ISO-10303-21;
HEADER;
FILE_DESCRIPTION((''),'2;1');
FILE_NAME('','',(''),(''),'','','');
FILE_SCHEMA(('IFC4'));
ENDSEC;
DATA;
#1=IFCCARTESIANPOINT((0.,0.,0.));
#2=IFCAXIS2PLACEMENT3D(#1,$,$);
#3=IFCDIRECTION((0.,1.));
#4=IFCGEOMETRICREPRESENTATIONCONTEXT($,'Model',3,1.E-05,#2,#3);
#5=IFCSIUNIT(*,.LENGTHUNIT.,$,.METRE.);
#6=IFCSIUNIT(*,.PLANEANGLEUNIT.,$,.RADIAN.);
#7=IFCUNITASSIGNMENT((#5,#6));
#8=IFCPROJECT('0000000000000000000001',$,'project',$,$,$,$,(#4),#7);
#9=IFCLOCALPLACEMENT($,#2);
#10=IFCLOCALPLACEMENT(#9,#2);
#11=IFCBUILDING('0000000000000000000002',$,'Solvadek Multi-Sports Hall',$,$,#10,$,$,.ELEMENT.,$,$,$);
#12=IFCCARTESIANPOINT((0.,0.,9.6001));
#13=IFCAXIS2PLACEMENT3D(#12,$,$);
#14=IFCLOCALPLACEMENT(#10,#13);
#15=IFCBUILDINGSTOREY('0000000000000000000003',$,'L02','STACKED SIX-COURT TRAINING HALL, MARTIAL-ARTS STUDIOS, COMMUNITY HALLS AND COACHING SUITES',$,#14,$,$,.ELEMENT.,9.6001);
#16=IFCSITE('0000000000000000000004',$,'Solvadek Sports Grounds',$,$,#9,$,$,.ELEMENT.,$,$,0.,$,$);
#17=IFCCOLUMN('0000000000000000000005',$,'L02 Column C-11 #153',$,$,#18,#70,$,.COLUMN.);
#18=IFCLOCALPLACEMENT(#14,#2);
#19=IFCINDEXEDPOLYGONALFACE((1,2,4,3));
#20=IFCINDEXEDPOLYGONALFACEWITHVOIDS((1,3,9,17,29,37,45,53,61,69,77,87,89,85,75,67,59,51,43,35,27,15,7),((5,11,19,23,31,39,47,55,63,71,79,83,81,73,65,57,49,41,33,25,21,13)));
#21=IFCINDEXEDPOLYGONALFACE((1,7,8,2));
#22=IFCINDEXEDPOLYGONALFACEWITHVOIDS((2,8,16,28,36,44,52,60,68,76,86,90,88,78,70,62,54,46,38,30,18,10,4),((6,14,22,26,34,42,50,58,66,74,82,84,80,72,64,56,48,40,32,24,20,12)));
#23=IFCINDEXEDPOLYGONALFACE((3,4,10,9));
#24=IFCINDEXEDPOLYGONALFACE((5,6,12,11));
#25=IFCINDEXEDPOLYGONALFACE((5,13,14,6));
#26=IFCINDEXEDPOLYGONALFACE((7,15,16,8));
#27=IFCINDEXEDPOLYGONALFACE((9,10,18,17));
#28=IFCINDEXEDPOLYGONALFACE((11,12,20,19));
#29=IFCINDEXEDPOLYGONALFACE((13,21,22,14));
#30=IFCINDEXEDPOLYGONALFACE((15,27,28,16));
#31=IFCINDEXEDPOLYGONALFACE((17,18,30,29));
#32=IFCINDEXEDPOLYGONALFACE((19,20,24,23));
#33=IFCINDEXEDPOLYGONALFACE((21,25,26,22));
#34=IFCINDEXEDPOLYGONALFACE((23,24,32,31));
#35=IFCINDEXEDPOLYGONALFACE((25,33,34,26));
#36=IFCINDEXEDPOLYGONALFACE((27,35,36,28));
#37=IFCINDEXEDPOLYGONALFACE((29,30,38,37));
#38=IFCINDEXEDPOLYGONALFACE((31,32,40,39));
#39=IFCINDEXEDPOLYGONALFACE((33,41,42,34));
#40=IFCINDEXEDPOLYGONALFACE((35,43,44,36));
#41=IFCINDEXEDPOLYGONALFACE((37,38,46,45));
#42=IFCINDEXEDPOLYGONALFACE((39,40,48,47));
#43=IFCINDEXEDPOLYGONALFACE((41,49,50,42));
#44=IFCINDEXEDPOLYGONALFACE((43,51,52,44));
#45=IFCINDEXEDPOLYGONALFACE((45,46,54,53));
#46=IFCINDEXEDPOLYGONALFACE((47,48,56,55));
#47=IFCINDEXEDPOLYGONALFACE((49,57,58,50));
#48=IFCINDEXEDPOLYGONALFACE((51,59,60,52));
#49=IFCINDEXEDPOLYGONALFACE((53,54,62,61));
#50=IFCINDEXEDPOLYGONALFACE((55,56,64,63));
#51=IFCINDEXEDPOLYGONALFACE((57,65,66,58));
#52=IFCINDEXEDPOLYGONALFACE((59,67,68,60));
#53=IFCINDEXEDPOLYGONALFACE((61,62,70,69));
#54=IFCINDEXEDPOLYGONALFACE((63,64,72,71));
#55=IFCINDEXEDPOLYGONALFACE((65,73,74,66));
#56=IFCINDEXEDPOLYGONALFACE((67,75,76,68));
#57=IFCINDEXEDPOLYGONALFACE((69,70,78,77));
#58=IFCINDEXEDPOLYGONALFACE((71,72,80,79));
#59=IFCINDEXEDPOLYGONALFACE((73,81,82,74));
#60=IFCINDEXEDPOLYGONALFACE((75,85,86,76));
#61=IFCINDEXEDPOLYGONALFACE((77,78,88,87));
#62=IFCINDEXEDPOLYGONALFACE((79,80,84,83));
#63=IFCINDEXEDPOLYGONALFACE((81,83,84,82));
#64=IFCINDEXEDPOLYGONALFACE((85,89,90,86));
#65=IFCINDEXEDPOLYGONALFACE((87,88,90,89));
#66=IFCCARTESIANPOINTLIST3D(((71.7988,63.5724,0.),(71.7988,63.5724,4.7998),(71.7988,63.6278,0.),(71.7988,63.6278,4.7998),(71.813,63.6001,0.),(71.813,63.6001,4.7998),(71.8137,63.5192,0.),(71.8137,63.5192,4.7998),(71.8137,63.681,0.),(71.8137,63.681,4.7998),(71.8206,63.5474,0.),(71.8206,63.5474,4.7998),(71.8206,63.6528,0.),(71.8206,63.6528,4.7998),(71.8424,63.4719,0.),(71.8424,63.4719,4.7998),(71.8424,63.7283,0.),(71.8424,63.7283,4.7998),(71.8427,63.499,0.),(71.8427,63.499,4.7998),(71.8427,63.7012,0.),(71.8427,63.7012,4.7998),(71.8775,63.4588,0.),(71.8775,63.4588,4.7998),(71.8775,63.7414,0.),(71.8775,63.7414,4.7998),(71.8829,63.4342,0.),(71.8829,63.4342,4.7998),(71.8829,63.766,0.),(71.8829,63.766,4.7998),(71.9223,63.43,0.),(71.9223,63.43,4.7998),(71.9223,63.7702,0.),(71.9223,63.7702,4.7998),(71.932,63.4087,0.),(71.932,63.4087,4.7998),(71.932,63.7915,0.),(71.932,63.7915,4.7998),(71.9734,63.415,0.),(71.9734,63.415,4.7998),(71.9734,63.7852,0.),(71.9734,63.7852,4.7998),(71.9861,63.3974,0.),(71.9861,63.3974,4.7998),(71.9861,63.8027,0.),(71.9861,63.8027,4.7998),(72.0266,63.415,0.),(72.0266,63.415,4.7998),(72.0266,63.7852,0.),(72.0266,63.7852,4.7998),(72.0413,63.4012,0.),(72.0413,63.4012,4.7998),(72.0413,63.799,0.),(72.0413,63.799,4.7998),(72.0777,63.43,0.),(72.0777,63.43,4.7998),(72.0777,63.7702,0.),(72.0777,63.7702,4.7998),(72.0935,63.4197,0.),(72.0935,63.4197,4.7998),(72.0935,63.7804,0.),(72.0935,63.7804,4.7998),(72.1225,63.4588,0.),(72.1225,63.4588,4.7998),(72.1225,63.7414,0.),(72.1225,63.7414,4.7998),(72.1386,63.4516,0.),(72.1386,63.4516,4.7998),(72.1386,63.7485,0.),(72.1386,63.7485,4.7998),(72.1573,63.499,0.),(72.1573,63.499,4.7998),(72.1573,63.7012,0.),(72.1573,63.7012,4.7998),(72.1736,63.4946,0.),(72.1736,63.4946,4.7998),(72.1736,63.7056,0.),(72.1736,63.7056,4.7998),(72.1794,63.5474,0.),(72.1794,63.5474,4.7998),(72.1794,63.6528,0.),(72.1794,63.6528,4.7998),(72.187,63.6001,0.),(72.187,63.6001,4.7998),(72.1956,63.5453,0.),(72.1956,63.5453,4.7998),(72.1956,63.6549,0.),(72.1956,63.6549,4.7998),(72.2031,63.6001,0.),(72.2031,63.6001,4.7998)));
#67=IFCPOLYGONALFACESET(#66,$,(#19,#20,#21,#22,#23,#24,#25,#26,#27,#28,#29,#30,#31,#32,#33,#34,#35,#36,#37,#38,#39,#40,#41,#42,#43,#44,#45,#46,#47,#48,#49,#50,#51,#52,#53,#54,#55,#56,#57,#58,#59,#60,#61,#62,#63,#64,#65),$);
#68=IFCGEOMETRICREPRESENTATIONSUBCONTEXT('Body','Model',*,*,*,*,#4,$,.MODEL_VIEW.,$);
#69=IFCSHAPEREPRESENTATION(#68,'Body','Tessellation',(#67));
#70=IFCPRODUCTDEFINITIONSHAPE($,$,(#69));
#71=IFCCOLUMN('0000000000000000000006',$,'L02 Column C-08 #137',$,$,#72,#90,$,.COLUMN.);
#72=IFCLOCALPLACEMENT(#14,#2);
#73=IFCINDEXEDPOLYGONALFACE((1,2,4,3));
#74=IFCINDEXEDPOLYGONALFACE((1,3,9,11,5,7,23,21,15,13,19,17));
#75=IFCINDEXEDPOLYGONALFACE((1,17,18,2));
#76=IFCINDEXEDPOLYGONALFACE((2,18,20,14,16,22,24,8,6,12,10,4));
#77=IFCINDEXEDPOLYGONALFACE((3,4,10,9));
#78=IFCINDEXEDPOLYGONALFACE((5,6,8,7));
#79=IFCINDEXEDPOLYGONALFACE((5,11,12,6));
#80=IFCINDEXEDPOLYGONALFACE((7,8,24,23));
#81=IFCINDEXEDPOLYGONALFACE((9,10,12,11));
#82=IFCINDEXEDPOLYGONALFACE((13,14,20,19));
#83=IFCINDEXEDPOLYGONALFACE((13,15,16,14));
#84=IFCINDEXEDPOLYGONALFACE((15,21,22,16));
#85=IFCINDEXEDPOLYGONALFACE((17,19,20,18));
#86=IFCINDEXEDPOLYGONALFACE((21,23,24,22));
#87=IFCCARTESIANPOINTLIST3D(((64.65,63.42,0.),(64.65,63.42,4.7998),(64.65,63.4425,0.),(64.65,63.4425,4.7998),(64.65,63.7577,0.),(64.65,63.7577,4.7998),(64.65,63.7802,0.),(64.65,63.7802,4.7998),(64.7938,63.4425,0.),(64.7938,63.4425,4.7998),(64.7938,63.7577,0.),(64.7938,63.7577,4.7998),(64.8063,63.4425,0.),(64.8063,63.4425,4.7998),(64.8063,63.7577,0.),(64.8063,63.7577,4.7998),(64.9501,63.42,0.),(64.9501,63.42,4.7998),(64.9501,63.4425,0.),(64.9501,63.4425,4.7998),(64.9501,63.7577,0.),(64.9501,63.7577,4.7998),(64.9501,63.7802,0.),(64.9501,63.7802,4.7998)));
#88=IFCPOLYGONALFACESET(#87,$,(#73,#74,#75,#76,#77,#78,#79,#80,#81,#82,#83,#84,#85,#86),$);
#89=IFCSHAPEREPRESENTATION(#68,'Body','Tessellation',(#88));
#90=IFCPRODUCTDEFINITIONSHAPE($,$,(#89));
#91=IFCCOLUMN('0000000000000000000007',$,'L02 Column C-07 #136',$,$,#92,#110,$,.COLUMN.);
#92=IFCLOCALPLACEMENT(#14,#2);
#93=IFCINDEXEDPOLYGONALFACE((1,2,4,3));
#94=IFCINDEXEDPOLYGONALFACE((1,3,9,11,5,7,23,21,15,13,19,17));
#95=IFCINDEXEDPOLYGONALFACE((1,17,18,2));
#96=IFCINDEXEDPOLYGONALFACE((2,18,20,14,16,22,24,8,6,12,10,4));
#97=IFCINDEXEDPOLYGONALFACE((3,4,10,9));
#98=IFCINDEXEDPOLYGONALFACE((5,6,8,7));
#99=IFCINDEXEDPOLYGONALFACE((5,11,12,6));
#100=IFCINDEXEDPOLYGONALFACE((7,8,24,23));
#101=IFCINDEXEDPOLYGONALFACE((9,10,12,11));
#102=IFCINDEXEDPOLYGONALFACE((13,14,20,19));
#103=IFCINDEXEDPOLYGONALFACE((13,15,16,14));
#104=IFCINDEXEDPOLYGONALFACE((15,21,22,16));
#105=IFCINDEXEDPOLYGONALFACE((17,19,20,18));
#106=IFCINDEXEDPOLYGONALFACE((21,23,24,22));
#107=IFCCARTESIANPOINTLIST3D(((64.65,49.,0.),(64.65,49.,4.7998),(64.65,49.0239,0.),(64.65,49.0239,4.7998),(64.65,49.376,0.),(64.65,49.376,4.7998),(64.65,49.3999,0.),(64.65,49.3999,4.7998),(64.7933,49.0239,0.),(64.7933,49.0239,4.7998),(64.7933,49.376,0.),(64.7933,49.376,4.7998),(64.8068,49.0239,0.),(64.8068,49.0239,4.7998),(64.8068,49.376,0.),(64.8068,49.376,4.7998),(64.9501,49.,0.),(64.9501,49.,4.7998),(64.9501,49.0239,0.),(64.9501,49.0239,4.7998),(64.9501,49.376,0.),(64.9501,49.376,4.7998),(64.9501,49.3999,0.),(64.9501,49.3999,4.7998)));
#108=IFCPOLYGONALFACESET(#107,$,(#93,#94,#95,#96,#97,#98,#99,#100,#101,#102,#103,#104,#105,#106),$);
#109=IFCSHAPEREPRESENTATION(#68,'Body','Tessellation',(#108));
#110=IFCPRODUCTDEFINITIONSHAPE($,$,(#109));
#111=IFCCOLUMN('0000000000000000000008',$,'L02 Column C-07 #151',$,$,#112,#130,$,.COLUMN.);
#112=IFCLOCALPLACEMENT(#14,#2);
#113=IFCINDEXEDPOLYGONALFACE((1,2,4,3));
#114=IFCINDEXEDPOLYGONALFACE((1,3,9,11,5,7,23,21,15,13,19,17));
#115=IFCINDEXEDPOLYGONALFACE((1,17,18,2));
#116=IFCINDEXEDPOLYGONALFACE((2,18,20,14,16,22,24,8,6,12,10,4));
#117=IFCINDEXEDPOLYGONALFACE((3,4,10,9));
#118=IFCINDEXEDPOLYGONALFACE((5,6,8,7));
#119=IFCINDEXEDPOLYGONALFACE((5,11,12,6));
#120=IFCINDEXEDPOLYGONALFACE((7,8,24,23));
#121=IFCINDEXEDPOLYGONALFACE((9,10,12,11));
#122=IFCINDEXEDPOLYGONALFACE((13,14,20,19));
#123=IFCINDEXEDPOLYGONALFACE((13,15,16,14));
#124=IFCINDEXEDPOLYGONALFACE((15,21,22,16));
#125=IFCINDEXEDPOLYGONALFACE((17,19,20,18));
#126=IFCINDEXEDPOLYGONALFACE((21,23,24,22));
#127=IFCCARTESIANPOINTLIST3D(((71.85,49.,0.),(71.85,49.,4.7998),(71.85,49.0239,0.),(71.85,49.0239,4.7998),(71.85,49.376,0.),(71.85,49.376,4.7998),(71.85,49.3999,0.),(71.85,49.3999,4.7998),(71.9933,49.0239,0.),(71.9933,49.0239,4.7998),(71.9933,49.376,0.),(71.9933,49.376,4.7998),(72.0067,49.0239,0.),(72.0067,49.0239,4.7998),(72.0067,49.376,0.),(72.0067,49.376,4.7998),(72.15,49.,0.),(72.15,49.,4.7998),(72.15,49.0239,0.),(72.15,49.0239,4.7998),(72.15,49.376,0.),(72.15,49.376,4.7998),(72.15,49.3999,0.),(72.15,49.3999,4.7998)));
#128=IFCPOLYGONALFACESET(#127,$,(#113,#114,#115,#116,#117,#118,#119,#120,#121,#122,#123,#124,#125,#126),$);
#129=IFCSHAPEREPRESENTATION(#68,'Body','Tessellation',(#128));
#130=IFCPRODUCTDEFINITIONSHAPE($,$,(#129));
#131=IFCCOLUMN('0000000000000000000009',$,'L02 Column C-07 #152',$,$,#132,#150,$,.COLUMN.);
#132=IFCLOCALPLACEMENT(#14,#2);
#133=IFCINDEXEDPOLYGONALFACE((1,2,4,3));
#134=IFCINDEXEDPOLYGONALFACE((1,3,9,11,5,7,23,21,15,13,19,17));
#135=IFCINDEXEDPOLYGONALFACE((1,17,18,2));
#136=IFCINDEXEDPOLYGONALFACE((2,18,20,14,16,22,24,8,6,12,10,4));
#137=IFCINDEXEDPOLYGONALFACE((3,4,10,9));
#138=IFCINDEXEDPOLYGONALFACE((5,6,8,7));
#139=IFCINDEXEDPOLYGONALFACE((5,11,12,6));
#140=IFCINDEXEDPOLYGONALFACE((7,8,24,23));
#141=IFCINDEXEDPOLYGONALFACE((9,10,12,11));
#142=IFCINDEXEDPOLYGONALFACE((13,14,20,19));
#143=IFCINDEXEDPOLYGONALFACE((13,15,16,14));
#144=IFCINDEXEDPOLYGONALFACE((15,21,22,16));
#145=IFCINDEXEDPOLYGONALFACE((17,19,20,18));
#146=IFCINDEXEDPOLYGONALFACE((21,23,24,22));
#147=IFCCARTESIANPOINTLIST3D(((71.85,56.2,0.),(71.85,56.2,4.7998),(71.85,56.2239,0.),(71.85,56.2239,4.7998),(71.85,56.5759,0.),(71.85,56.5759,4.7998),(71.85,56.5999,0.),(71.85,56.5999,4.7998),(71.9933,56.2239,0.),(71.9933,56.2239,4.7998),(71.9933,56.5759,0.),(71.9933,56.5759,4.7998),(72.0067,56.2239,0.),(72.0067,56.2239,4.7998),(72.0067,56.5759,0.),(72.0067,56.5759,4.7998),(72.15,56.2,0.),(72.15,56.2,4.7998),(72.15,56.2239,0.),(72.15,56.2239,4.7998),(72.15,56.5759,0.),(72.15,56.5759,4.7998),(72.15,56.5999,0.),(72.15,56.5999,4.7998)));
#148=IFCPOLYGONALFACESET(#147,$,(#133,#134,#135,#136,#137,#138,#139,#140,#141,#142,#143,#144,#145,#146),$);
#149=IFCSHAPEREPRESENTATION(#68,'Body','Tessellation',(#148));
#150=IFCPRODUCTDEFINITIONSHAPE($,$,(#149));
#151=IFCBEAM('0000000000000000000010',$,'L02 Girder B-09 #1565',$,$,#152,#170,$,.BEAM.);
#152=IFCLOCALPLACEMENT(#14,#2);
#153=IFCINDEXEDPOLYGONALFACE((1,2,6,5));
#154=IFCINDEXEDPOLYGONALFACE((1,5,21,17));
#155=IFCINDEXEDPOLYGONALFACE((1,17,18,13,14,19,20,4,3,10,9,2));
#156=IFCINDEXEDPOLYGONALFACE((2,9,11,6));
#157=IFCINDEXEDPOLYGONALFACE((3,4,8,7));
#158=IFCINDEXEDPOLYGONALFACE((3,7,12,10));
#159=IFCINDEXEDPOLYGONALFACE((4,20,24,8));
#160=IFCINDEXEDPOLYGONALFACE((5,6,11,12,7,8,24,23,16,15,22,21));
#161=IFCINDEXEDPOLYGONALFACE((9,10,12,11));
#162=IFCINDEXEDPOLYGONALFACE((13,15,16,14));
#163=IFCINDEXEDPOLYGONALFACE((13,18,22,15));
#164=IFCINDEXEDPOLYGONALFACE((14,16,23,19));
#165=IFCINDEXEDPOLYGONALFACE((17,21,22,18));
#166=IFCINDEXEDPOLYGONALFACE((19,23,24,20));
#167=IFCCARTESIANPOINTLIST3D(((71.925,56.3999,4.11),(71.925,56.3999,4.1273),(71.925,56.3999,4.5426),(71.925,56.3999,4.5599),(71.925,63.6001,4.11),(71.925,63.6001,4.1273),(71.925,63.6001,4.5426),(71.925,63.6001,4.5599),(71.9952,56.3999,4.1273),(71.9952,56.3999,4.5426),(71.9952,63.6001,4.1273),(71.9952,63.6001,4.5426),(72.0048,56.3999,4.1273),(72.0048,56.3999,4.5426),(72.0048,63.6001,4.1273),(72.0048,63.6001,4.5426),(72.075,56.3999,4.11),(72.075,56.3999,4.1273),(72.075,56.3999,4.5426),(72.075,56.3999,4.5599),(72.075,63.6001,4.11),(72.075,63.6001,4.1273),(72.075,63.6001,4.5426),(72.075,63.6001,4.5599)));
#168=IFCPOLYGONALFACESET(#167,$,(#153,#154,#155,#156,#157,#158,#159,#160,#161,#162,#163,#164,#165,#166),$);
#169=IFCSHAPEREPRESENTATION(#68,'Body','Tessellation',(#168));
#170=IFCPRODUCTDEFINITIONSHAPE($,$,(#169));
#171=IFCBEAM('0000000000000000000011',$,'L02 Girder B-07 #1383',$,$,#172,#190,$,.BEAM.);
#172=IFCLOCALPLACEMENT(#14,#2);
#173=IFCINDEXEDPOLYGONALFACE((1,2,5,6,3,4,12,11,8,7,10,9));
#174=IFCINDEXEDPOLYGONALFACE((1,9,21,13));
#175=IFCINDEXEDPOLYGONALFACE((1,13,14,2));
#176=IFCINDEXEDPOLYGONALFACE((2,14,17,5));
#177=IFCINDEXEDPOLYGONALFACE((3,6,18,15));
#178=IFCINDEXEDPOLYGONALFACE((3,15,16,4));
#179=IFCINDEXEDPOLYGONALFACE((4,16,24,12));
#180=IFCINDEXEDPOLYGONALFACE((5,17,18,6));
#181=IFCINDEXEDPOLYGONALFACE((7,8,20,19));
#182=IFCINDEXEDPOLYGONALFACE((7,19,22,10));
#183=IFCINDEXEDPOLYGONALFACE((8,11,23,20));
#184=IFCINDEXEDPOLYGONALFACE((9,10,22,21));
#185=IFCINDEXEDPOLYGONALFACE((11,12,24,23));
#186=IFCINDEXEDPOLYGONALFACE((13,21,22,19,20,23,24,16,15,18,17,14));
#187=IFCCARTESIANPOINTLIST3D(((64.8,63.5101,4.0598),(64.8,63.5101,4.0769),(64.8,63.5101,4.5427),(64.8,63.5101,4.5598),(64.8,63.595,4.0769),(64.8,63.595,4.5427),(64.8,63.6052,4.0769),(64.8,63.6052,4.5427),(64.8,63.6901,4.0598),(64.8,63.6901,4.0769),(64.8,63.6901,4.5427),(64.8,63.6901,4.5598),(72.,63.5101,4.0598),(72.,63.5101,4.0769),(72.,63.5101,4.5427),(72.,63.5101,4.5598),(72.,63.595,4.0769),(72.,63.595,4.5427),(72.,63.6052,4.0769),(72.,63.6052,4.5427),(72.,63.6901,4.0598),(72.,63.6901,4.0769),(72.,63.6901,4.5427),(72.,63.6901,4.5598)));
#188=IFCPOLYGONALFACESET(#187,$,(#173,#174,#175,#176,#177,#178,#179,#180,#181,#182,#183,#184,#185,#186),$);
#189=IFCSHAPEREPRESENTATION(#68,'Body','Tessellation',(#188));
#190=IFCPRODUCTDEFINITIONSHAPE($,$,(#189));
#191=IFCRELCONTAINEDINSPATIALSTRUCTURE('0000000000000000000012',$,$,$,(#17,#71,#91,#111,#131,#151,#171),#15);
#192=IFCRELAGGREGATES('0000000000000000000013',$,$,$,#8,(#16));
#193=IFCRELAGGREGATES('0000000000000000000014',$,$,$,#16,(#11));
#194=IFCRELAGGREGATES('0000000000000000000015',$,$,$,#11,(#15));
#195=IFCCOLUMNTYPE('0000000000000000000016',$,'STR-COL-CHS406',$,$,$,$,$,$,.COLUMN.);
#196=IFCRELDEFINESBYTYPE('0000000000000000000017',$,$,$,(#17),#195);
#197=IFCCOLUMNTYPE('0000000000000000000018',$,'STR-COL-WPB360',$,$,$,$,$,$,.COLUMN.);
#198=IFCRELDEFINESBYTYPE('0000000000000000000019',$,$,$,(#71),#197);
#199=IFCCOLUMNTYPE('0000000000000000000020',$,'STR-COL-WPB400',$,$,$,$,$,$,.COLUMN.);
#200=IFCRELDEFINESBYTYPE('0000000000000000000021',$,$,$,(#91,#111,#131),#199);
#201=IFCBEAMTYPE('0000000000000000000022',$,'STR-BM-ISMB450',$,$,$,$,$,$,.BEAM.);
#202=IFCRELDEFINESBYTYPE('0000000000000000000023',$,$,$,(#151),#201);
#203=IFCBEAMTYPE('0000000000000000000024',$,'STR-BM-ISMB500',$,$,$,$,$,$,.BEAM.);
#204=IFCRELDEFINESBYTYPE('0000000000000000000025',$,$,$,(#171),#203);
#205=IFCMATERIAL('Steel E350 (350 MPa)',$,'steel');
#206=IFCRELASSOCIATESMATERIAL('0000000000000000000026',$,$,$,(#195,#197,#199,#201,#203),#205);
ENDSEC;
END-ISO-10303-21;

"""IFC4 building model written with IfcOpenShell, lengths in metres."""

from ifc_helpers import new_model, si_unit, direction, frame, origin, origin_2d, place, context, subcontext, project, spatial, hollow_circle, i_section, extrude, material, material_profile, profile_set, type_object, element, save


model = new_model("IFC4")

# Units and contexts
model_context = context("Model", 3, precision=1e-05, world=origin(), true_north=direction((0.0, 1.0)))
body_context = subcontext(model_context, "Body", "Model", "MODEL_VIEW")
ifc_project = project(units=[si_unit("LENGTHUNIT", "METRE"), si_unit("PLANEANGLEUNIT", "RADIAN")], contexts=[model_context])

# Site, building, storey
site_placement = place(None, origin())
site = spatial("IfcSite", under=ifc_project, at=site_placement, Name="Solvadek Sports Grounds", CompositionType="ELEMENT", RefElevation=0.0)
building_placement = place(site_placement, origin())
building = spatial("IfcBuilding", under=site, at=building_placement, Name="Solvadek Multi-Sports Hall", CompositionType="ELEMENT")
storey_placement = place(building_placement, frame((0.0, 0.0, 9.6001)))
storey = spatial("IfcBuildingStorey", under=building, at=storey_placement, Name="L02", Description="STACKED SIX-COURT TRAINING HALL, MARTIAL-ARTS STUDIOS, COMMUNITY HALLS AND COACHING SUITES", CompositionType="ELEMENT", Elevation=9.6001)

# Columns
ifc_material_1 = material(Name="Steel E350 (350 MPa)", Category="steel")
ifc_material_profile_1 = material_profile(ifc_material_1, hollow_circle(Radius=0.2031, WallThickness=0.0161, at=origin_2d()), Name="CHS 406.4x16")
ifc_profile_set_1 = profile_set([ifc_material_profile_1], Name="Steel E350 (350 MPa)")
column_type_1 = type_object("IfcColumnType", Name="STR-COL-CHS406", PredefinedType="COLUMN", material=ifc_profile_set_1)
column_1_placement = place(storey_placement, frame((72.0, 63.6001, 0.0), z_axis=(0.0, 0.0, 1.0), x_axis=(1.0, 0.0, 0.0)))
element("IfcColumn", 1, at=column_1_placement, inside=storey, type_object=column_type_1, Name="L02 Column C-11 #153", PredefinedType="COLUMN", context=body_context, shape_type="SweptSolid", body=[
    extrude(hollow_circle(Radius=0.2031, WallThickness=0.0161, at=origin_2d()), origin(), (0.0, 0.0, 1.0), 4.7998),
])
ifc_material_profile_2 = material_profile(ifc_material_1, i_section(OverallWidth=0.3, OverallDepth=0.3601, WebThickness=0.0125, FlangeThickness=0.0225, at=origin_2d()), Name="WPB 360")
ifc_profile_set_2 = profile_set([ifc_material_profile_2], Name="Steel E350 (350 MPa)")
column_type_2 = type_object("IfcColumnType", Name="STR-COL-WPB360", PredefinedType="COLUMN", material=ifc_profile_set_2)
column_2_placement = place(storey_placement, frame((64.8, 63.6001, 0.0), z_axis=(0.0, 0.0, 1.0), x_axis=(1.0, 0.0, 0.0)))
element("IfcColumn", 2, at=column_2_placement, inside=storey, type_object=column_type_2, Name="L02 Column C-08 #137", PredefinedType="COLUMN", context=body_context, shape_type="SweptSolid", body=[
    extrude(i_section(OverallWidth=0.3, OverallDepth=0.3601, WebThickness=0.0125, FlangeThickness=0.0225, at=origin_2d()), origin(), (0.0, 0.0, 1.0), 4.7998),
])
ifc_material_profile_3 = material_profile(ifc_material_1, i_section(OverallWidth=0.3, OverallDepth=0.3999, WebThickness=0.0134, FlangeThickness=0.0239, at=origin_2d()), Name="WPB 400")
ifc_profile_set_3 = profile_set([ifc_material_profile_3], Name="Steel E350 (350 MPa)")
column_type_3 = type_object("IfcColumnType", Name="STR-COL-WPB400", PredefinedType="COLUMN", material=ifc_profile_set_3)
for number, where, z_axis, x_axis, name in (
    (3, (64.8, 49.2, 0.0), (0.0, 0.0, 1.0), (1.0, 0.0, 0.0), "L02 Column C-07 #136"),
    (4, (72.0, 49.2, 0.0), (0.0, 0.0, 1.0), (1.0, 0.0, 0.0), "L02 Column C-07 #151"),
    (5, (72.0, 56.3999, 0.0), (0.0, 0.0, 1.0), (1.0, 0.0, 0.0), "L02 Column C-07 #152"),
):
    element("IfcColumn", number, at=place(storey_placement, frame(where, z_axis=z_axis, x_axis=x_axis)), inside=storey, type_object=column_type_3, Name=name, PredefinedType="COLUMN", context=body_context, shape_type="SweptSolid", body=[
        extrude(i_section(OverallWidth=0.3, OverallDepth=0.3999, WebThickness=0.0134, FlangeThickness=0.0239, at=origin_2d()), origin(), (0.0, 0.0, 1.0), 4.7998),
    ])

# Beams
ifc_material_profile_4 = material_profile(ifc_material_1, i_section(OverallWidth=0.1499, OverallDepth=0.45, WebThickness=0.0095, FlangeThickness=0.0173, at=origin_2d()), Name="ISMB 450")
ifc_profile_set_4 = profile_set([ifc_material_profile_4], Name="Steel E350 (350 MPa)")
beam_type_1 = type_object("IfcBeamType", Name="STR-BM-ISMB450", PredefinedType="BEAM", material=ifc_profile_set_4)
beam_1_placement = place(storey_placement, frame((72.0, 56.3999, 4.335), z_axis=(0.0, 1.0, 0.0), x_axis=(-1.0, 0.0, 0.0)))
element("IfcBeam", 6, at=beam_1_placement, inside=storey, type_object=beam_type_1, Name="L02 Girder B-09 #1565", PredefinedType="BEAM", context=body_context, shape_type="SweptSolid", body=[
    extrude(i_section(OverallWidth=0.1499, OverallDepth=0.45, WebThickness=0.0095, FlangeThickness=0.0173, at=origin_2d()), origin(), (0.0, 0.0, 1.0), 7.2002),
])
ifc_material_profile_5 = material_profile(ifc_material_1, i_section(OverallWidth=0.1799, OverallDepth=0.5, WebThickness=0.0103, FlangeThickness=0.0171, at=origin_2d()), Name="ISMB 500")
ifc_profile_set_5 = profile_set([ifc_material_profile_5], Name="Steel E350 (350 MPa)")
beam_type_2 = type_object("IfcBeamType", Name="STR-BM-ISMB500", PredefinedType="BEAM", material=ifc_profile_set_5)
beam_2_placement = place(storey_placement, frame((64.8, 63.6001, 4.3098), z_axis=(1.0, 0.0, 0.0), x_axis=(0.0, 1.0, 0.0)))
element("IfcBeam", 7, at=beam_2_placement, inside=storey, type_object=beam_type_2, Name="L02 Girder B-07 #1383", PredefinedType="BEAM", context=body_context, shape_type="SweptSolid", body=[
    extrude(i_section(OverallWidth=0.1799, OverallDepth=0.5, WebThickness=0.0103, FlangeThickness=0.0171, at=origin_2d()), origin(), (0.0, 0.0, 1.0), 7.2),
])

save(model, "model.ifc")
